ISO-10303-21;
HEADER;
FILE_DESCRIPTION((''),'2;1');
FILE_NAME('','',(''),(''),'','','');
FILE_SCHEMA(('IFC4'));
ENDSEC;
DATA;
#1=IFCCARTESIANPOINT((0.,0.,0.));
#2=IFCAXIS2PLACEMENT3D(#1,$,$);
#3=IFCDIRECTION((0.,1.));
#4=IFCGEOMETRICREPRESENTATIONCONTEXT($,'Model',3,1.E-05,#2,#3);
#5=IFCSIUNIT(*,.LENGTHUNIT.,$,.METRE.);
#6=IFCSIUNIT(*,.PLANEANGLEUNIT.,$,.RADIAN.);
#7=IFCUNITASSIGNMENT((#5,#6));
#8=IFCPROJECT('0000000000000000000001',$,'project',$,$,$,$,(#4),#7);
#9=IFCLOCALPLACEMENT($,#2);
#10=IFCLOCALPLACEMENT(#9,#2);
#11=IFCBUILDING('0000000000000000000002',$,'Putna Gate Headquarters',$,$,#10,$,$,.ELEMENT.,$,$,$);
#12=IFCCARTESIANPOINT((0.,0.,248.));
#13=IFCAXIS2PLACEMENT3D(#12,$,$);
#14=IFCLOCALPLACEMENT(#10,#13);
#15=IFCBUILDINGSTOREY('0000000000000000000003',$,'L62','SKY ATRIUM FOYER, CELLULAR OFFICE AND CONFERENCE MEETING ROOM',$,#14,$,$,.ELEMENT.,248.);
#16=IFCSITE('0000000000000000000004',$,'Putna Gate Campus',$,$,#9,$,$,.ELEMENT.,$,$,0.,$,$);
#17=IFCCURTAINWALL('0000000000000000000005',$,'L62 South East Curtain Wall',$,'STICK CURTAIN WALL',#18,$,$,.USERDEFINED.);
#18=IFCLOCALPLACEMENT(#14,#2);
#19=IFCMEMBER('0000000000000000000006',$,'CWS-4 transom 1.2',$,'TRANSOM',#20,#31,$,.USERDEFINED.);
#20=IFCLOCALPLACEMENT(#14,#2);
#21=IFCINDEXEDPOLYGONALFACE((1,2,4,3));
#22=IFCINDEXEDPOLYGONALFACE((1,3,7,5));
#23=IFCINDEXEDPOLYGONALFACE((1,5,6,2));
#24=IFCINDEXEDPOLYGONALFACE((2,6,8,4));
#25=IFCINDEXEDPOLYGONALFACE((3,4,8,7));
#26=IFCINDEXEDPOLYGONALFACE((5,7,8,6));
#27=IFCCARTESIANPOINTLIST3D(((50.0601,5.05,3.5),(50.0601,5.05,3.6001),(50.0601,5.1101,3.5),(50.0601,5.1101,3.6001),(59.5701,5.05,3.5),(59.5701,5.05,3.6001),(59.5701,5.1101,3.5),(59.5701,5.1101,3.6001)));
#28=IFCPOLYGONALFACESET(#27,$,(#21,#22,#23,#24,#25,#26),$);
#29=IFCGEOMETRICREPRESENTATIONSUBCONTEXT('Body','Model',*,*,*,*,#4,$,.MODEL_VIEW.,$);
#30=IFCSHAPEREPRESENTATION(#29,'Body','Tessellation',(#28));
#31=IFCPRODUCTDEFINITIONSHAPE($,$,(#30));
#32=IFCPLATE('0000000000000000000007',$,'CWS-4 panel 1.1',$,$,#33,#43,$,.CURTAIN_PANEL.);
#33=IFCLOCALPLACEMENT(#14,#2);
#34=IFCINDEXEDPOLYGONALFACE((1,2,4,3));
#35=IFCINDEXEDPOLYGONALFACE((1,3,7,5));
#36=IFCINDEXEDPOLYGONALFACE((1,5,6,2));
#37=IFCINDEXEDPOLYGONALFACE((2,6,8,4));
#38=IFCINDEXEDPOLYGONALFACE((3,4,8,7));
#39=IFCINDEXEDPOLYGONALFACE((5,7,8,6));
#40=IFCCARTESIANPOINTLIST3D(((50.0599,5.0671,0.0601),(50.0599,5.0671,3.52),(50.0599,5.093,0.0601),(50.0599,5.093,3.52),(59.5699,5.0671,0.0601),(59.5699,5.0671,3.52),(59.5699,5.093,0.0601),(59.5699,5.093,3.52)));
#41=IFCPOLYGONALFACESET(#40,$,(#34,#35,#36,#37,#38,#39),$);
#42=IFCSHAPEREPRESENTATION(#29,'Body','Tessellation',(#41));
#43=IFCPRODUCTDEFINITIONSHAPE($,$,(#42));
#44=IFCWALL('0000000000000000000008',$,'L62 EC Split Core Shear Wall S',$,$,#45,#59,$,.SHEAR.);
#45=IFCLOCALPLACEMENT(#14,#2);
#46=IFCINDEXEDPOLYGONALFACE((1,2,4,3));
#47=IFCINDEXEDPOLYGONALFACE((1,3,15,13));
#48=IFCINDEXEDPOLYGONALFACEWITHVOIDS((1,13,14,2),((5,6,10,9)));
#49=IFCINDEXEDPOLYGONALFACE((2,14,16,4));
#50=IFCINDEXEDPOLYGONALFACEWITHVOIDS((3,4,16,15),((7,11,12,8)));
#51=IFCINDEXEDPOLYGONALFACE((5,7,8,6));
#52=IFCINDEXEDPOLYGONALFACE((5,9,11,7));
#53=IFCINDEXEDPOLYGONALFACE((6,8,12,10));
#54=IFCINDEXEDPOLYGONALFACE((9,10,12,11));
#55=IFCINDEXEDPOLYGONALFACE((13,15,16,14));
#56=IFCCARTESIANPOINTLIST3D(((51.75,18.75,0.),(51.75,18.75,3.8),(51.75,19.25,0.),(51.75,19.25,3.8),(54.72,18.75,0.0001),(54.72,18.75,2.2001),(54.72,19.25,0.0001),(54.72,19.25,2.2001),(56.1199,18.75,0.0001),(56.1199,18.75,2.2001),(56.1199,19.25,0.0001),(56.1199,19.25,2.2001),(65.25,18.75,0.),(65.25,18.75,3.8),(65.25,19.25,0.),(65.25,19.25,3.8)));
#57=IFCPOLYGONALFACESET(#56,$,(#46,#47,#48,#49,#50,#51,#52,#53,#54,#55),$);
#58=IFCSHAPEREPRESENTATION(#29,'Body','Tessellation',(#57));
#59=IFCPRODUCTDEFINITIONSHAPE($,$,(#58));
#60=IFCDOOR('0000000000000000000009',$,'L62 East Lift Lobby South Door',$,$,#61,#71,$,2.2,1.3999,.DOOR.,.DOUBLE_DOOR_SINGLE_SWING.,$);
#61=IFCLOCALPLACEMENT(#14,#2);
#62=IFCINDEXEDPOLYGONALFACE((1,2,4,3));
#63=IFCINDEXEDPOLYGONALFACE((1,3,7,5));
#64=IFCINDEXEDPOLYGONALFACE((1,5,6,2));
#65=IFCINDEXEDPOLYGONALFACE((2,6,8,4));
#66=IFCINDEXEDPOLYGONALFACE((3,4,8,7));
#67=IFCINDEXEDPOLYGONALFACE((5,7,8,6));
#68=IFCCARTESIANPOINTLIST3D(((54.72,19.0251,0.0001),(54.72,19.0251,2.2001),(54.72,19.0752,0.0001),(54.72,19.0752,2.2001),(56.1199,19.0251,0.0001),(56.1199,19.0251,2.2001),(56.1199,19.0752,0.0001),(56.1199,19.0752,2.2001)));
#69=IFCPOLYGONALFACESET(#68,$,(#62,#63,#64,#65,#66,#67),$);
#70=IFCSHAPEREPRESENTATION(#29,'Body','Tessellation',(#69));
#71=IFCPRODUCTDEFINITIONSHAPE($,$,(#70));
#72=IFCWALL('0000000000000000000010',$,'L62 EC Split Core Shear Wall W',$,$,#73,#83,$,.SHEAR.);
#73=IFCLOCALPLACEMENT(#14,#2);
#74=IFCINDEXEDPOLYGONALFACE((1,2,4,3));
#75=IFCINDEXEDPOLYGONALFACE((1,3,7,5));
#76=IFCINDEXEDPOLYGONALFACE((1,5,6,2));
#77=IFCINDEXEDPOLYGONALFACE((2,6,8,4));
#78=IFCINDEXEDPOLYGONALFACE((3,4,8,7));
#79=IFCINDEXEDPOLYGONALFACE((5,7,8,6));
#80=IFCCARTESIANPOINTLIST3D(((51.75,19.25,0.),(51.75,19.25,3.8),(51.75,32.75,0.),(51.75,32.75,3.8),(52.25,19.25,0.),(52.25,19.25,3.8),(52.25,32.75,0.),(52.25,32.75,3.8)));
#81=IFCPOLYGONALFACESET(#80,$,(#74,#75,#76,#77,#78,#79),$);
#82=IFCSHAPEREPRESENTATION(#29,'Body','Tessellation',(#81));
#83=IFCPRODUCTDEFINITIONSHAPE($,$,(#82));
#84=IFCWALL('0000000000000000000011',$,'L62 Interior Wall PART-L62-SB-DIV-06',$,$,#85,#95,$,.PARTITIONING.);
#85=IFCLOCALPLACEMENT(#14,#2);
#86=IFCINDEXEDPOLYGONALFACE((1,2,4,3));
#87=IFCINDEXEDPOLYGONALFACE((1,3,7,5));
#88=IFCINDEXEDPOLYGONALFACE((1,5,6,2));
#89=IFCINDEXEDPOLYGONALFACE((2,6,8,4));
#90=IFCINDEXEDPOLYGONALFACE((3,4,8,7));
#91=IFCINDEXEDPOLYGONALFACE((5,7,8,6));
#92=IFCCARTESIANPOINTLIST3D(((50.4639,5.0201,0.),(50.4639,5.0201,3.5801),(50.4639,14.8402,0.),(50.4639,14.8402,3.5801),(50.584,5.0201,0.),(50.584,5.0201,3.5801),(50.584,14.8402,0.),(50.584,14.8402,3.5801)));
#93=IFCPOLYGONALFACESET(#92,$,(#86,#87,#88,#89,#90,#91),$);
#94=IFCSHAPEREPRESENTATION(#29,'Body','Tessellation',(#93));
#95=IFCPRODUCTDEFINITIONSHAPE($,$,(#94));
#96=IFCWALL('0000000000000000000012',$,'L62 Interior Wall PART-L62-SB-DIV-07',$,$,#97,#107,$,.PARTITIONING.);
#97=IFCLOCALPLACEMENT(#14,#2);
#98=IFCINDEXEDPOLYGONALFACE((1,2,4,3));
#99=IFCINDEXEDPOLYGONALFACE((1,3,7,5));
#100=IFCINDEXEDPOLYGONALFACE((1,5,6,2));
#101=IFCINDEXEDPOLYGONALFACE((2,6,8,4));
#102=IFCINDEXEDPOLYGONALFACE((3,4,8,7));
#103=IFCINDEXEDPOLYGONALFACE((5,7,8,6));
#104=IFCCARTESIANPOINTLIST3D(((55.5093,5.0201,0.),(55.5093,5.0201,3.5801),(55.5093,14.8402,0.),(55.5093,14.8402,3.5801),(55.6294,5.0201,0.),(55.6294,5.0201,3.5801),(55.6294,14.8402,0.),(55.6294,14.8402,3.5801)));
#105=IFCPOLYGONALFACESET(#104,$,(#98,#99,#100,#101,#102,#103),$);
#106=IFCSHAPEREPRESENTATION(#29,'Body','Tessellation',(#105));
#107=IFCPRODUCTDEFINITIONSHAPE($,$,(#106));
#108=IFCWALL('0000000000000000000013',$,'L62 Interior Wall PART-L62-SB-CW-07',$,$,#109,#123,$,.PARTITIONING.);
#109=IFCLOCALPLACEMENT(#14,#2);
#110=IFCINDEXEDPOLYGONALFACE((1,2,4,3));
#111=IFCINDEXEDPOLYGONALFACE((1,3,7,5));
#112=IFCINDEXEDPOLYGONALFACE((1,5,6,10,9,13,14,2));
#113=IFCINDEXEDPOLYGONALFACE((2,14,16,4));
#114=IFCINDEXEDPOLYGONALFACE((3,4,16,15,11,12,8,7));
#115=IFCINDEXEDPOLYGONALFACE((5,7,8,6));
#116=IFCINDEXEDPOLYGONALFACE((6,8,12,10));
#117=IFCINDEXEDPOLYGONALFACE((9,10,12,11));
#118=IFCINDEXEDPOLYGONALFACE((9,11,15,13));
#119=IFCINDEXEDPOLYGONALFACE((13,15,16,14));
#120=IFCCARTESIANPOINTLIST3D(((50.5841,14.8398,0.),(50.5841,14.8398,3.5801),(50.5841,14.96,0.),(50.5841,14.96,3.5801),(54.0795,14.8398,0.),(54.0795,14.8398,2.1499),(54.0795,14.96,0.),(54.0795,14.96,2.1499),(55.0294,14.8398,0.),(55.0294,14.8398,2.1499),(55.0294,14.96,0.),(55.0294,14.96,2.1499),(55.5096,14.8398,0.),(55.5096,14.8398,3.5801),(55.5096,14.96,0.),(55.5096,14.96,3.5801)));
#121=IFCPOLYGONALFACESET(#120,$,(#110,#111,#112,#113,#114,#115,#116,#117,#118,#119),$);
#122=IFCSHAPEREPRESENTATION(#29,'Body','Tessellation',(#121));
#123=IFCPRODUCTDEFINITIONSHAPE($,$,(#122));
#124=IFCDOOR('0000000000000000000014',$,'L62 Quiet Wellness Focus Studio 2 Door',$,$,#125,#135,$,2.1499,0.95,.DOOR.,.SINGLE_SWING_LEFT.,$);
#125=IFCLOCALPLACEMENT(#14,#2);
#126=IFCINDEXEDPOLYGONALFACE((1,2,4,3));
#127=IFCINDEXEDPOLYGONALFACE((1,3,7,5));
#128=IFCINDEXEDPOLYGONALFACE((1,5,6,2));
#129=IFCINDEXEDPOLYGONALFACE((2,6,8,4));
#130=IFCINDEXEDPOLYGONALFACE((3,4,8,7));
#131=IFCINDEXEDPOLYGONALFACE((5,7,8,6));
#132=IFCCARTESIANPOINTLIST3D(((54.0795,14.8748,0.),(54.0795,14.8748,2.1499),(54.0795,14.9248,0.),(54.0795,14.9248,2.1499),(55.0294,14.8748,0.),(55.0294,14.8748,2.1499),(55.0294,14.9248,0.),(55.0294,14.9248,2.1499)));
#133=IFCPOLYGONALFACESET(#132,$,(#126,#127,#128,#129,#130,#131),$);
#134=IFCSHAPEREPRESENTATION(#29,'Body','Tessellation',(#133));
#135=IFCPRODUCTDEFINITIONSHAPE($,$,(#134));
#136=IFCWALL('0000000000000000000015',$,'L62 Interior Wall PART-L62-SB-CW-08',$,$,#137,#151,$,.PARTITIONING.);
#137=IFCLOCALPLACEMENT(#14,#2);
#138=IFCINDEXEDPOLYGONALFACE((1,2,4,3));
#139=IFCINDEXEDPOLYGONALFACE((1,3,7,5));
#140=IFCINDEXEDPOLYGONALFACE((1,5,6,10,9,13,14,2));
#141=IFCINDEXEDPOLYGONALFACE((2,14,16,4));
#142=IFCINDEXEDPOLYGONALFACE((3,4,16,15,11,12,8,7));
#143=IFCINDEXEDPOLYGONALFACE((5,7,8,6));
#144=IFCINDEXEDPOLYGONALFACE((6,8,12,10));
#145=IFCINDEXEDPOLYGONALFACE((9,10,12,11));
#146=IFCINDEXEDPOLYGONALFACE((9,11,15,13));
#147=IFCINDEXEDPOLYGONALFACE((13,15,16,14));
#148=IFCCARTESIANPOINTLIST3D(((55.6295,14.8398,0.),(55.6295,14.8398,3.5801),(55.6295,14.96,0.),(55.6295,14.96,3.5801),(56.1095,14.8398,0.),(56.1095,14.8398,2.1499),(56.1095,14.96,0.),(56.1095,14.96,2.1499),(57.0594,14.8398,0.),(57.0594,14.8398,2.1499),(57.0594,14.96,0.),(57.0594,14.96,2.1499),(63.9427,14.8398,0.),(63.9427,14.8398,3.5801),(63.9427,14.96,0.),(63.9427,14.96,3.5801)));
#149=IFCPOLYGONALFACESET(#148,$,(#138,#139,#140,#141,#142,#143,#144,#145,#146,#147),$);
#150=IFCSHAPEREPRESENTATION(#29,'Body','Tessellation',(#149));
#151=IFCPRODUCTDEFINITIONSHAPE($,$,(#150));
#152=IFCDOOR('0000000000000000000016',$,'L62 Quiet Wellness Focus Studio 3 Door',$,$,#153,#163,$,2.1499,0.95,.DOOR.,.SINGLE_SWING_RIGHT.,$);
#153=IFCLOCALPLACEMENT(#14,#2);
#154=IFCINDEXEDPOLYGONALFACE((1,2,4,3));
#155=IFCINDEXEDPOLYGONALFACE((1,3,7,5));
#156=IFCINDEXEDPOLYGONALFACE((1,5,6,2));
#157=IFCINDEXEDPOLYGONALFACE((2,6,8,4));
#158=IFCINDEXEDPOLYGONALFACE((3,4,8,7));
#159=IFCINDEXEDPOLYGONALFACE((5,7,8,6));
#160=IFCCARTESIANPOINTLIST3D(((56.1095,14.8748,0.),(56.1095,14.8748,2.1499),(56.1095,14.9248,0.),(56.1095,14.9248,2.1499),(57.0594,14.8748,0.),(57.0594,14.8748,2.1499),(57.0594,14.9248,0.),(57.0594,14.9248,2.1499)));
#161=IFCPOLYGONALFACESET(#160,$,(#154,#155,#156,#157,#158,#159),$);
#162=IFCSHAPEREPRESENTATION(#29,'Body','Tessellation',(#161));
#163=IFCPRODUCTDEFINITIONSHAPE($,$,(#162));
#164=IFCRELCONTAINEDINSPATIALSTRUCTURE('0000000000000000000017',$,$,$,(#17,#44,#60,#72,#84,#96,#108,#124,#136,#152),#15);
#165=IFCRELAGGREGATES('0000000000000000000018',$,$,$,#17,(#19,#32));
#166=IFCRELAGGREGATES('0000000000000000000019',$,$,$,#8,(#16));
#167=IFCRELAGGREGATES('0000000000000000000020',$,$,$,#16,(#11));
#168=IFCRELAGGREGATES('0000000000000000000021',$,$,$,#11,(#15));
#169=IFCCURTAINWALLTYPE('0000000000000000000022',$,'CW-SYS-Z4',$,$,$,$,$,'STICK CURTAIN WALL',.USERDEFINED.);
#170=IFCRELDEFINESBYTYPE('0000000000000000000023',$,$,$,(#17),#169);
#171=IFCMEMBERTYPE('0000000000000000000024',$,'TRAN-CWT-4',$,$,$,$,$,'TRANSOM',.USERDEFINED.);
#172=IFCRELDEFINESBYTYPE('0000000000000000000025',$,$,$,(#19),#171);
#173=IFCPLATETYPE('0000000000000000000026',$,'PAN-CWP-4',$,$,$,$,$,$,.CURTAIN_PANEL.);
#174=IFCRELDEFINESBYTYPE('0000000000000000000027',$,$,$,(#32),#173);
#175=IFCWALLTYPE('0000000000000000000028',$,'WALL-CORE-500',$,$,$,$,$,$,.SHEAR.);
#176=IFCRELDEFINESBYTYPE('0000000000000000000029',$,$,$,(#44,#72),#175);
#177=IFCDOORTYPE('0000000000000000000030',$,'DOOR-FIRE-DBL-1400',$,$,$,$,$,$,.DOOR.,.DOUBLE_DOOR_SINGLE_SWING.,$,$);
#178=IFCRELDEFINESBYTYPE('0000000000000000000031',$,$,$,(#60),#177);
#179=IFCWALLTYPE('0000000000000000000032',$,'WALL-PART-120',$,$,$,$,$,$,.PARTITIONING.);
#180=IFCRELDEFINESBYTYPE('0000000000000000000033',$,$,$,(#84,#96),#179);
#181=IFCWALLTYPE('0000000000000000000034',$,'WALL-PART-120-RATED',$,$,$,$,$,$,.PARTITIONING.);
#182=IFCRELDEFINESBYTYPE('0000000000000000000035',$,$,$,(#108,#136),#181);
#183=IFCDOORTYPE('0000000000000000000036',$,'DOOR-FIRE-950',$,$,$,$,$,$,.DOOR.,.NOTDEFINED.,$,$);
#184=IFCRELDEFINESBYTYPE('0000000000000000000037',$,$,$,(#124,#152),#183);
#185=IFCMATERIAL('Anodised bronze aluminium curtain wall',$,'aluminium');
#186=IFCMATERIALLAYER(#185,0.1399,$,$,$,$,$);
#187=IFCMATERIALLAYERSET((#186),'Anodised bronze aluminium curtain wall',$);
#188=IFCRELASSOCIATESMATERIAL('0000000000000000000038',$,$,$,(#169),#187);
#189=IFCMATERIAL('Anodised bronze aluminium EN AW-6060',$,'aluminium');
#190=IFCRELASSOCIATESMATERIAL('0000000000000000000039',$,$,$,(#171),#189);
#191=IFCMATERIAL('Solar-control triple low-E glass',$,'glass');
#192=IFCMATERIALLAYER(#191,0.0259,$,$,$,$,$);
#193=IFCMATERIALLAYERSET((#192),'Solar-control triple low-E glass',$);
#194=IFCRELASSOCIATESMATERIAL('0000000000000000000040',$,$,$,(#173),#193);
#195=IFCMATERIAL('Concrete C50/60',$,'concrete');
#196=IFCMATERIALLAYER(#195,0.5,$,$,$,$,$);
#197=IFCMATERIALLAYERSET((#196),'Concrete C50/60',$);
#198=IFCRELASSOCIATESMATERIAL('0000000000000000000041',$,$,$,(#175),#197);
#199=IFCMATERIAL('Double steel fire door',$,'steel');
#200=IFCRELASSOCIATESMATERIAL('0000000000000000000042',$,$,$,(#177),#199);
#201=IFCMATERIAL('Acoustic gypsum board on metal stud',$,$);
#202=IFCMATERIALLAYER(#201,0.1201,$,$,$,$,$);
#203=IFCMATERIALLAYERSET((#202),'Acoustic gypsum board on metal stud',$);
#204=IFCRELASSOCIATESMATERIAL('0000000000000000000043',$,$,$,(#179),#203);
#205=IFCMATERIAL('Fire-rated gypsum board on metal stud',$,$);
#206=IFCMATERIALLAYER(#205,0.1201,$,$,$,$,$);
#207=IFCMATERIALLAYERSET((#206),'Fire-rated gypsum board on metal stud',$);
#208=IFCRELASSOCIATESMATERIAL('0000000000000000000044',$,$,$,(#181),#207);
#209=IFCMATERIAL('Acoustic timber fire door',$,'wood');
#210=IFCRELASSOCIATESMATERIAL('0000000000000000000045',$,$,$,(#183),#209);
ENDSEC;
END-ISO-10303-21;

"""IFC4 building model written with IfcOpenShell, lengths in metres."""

from ifc_helpers import new_model, si_unit, direction, frame, frame_2d, origin, origin_2d, place, context, subcontext, project, spatial, rectangle, extrude, material, layer, layer_set, material_profile, profile_set, type_object, element, fill, aggregate, save


model = new_model("IFC4")

# Units and contexts
model_context = context("Model", 3, precision=1e-05, world=origin(), true_north=direction((0.0, 1.0)))
body_context = subcontext(model_context, "Body", "Model", "MODEL_VIEW")
ifc_project = project(units=[si_unit("LENGTHUNIT", "METRE"), si_unit("PLANEANGLEUNIT", "RADIAN")], contexts=[model_context])

# Site, building, storey
site_placement = place(None, origin())
site = spatial("IfcSite", under=ifc_project, at=site_placement, Name="Putna Gate Campus", CompositionType="ELEMENT", RefElevation=0.0)
building_placement = place(site_placement, origin())
building = spatial("IfcBuilding", under=site, at=building_placement, Name="Putna Gate Headquarters", CompositionType="ELEMENT")
storey_placement = place(building_placement, frame((0.0, 0.0, 248.0)))
storey = spatial("IfcBuildingStorey", under=building, at=storey_placement, Name="L62", Description="SKY ATRIUM FOYER, CELLULAR OFFICE AND CONFERENCE MEETING ROOM", CompositionType="ELEMENT", Elevation=248.0)

# Curtain wall
ifc_material_1 = material(Name="Anodised bronze aluminium curtain wall", Category="aluminium")
ifc_layer_1 = layer(ifc_material_1, 0.1399)
ifc_layer_set_1 = layer_set([ifc_layer_1], Name="Anodised bronze aluminium curtain wall")
curtain_wall_type_1 = type_object("IfcCurtainWallType", Name="CW-SYS-Z4", ElementType="STICK CURTAIN WALL", PredefinedType="USERDEFINED", material=ifc_layer_set_1)
curtain_wall_1_placement = place(storey_placement, origin())
curtain_wall_1 = element("IfcCurtainWall", 1, at=curtain_wall_1_placement, inside=storey, type_object=curtain_wall_type_1, Name="L62 South East Curtain Wall", ObjectType="STICK CURTAIN WALL", PredefinedType="USERDEFINED")
ifc_material_2 = material(Name="Anodised bronze aluminium EN AW-6060", Category="aluminium")

# Member
ifc_material_profile_1 = material_profile(ifc_material_2, rectangle(XDim=0.0601, YDim=0.1001, at=origin_2d()), Name="Anodised bronze aluminium EN AW-6060")
ifc_profile_set_1 = profile_set([ifc_material_profile_1], Name="Anodised bronze aluminium EN AW-6060")
member_type_1 = type_object("IfcMemberType", Name="TRAN-CWT-4", ElementType="TRANSOM", PredefinedType="USERDEFINED", material=ifc_profile_set_1)
member_1_placement = place(storey_placement, frame((50.0601, 5.0801, 3.55), z_axis=(1.0, 0.0, 0.0), x_axis=(0.0, 1.0, 0.0)))
member_1 = element("IfcMember", 2, at=member_1_placement, type_object=member_type_1, Name="CWS-4 transom 1.2", ObjectType="TRANSOM", PredefinedType="USERDEFINED", context=body_context, shape_type="SweptSolid", body=[
    extrude(rectangle(XDim=0.0601, YDim=0.1001, at=origin_2d()), origin(), (0.0, 0.0, 1.0), 9.51),
])

# Plate
ifc_material_3 = material(Name="Solar-control triple low-E glass", Category="glass")
ifc_layer_2 = layer(ifc_material_3, 0.0259)
ifc_layer_set_2 = layer_set([ifc_layer_2], Name="Solar-control triple low-E glass")
plate_type = type_object("IfcPlateType", Name="PAN-CWP-4", PredefinedType="CURTAIN_PANEL", material=ifc_layer_set_2)
plate_placement = place(storey_placement, frame((54.8149, 5.0801, 0.0601), z_axis=(0.0, 0.0, 1.0), x_axis=(1.0, 0.0, 0.0)))
plate = element("IfcPlate", 3, at=plate_placement, type_object=plate_type, Name="CWS-4 panel 1.1", PredefinedType="CURTAIN_PANEL", context=body_context, shape_type="SweptSolid", body=[
    extrude(rectangle(XDim=9.51, YDim=0.0259, at=origin_2d()), origin(), (0.0, 0.0, 1.0), 3.46),
])
aggregate(curtain_wall_1, [member_1, plate])

# Wall, opening, door
ifc_material_4 = material(Name="Concrete C50/60", Category="concrete")
ifc_layer_3 = layer(ifc_material_4, 0.5)
ifc_layer_set_3 = layer_set([ifc_layer_3], Name="Concrete C50/60")
wall_type_1 = type_object("IfcWallType", Name="WALL-CORE-500", PredefinedType="SHEAR", material=ifc_layer_set_3)
wall_1_placement = place(storey_placement, frame((51.75, 19.0, 0.0), z_axis=(0.0, 0.0, 1.0), x_axis=(1.0, 0.0, 0.0)))
wall_1 = element("IfcWall", 4, at=wall_1_placement, inside=storey, type_object=wall_type_1, Name="L62 EC Split Core Shear Wall S", PredefinedType="SHEAR", context=body_context, shape_type="SweptSolid", body=[
    extrude(rectangle(XDim=13.5, YDim=0.5, at=frame_2d((6.75, 0.0))), origin(), (0.0, 0.0, 1.0), 3.8),
])
opening_1_placement = place(wall_1_placement, frame((2.97, 0.0, 0.0)))
opening_1 = element("IfcOpeningElement", 5, at=opening_1_placement, cuts=wall_1, PredefinedType="OPENING", context=body_context, shape_type="SweptSolid", body=[
    extrude(rectangle(XDim=1.3999, YDim=2.2, at=frame_2d((0.7, 1.1001))), frame((0.0, 0.26, 0.0), z_axis=(0.0, -1.0, 0.0), x_axis=(1.0, 0.0, 0.0)), (0.0, 0.0, 1.0), 0.52),
])
ifc_material_5 = material(Name="Double steel fire door", Category="steel")
door_type_1 = type_object("IfcDoorType", Name="DOOR-FIRE-DBL-1400", OperationType="DOUBLE_DOOR_SINGLE_SWING", PredefinedType="DOOR", material=ifc_material_5)
door_1_placement = place(opening_1_placement, origin())
door_1 = element("IfcDoor", 6, at=door_1_placement, inside=storey, type_object=door_type_1, Name="L62 East Lift Lobby South Door", OperationType="DOUBLE_DOOR_SINGLE_SWING", OverallHeight=2.2, OverallWidth=1.3999, PredefinedType="DOOR", context=body_context, shape_type="SweptSolid", body=[
    extrude(rectangle(XDim=1.3999, YDim=2.2, at=frame_2d((0.7, 1.1001))), frame((0.0, 0.0752, 0.0), z_axis=(0.0, -1.0, 0.0), x_axis=(1.0, 0.0, 0.0)), (0.0, 0.0, 1.0), 0.05),
])
fill(opening_1, door_1)

# Walls
wall_2_placement = place(storey_placement, frame((52.0, 19.25, 0.0), z_axis=(0.0, 0.0, 1.0), x_axis=(0.0, 1.0, 0.0)))
element("IfcWall", 7, at=wall_2_placement, inside=storey, type_object=wall_type_1, Name="L62 EC Split Core Shear Wall W", PredefinedType="SHEAR", context=body_context, shape_type="SweptSolid", body=[
    extrude(rectangle(XDim=13.5, YDim=0.5, at=frame_2d((6.75, 0.0))), origin(), (0.0, 0.0, 1.0), 3.8),
])
ifc_material_6 = material(Name="Acoustic gypsum board on metal stud")
ifc_layer_4 = layer(ifc_material_6, 0.1201)
ifc_layer_set_4 = layer_set([ifc_layer_4], Name="Acoustic gypsum board on metal stud")
wall_type_2 = type_object("IfcWallType", Name="WALL-PART-120", PredefinedType="PARTITIONING", material=ifc_layer_set_4)
for number, where, z_axis, x_axis, name in (
    (8, (50.5239, 5.02, 0.0), (0.0, 0.0, 1.0), (0.0, 1.0, 0.0), "L62 Interior Wall PART-L62-SB-DIV-06"),
    (9, (55.5693, 5.02, 0.0), (0.0, 0.0, 1.0), (0.0, 1.0, 0.0), "L62 Interior Wall PART-L62-SB-DIV-07"),
):
    element("IfcWall", number, at=place(storey_placement, frame(where, z_axis=z_axis, x_axis=x_axis)), inside=storey, type_object=wall_type_2, Name=name, PredefinedType="PARTITIONING", context=body_context, shape_type="SweptSolid", body=[
        extrude(rectangle(XDim=9.8201, YDim=0.1201, at=frame_2d((4.9102, 0.0))), origin(), (0.0, 0.0, 1.0), 3.5801),
    ])

# Walls, openings, doors
ifc_material_7 = material(Name="Fire-rated gypsum board on metal stud")
ifc_layer_5 = layer(ifc_material_7, 0.1201)
ifc_layer_set_5 = layer_set([ifc_layer_5], Name="Fire-rated gypsum board on metal stud")
wall_type_3 = type_object("IfcWallType", Name="WALL-PART-120-RATED", PredefinedType="PARTITIONING", material=ifc_layer_set_5)
wall_3_placement = place(storey_placement, frame((50.584, 14.8999, 0.0), z_axis=(0.0, 0.0, 1.0), x_axis=(1.0, 0.0, 0.0)))
wall_3 = element("IfcWall", 10, at=wall_3_placement, inside=storey, type_object=wall_type_3, Name="L62 Interior Wall PART-L62-SB-CW-07", PredefinedType="PARTITIONING", context=body_context, shape_type="SweptSolid", body=[
    extrude(rectangle(XDim=4.9255, YDim=0.1201, at=frame_2d((2.4629, 0.0))), origin(), (0.0, 0.0, 1.0), 3.5801),
])
opening_2_placement = place(wall_3_placement, frame((3.4954, 0.0, 0.0)))
opening_2 = element("IfcOpeningElement", 11, at=opening_2_placement, cuts=wall_3, PredefinedType="OPENING", context=body_context, shape_type="SweptSolid", body=[
    extrude(rectangle(XDim=0.95, YDim=2.1499, at=frame_2d((0.4751, 1.075))), frame((0.0, 0.0701, 0.0), z_axis=(0.0, -1.0, 0.0), x_axis=(1.0, 0.0, 0.0)), (0.0, 0.0, 1.0), 0.1401),
])
ifc_material_8 = material(Name="Acoustic timber fire door", Category="wood")
door_type_2 = type_object("IfcDoorType", Name="DOOR-FIRE-950", OperationType="NOTDEFINED", PredefinedType="DOOR", material=ifc_material_8)
door_2_placement = place(opening_2_placement, origin())
door_2 = element("IfcDoor", 12, at=door_2_placement, inside=storey, type_object=door_type_2, Name="L62 Quiet Wellness Focus Studio 2 Door", OperationType="SINGLE_SWING_LEFT", OverallHeight=2.1499, OverallWidth=0.95, PredefinedType="DOOR", context=body_context, shape_type="SweptSolid", body=[
    extrude(rectangle(XDim=0.95, YDim=2.1499, at=frame_2d((0.4751, 1.075))), frame((0.0, 0.0249, 0.0), z_axis=(0.0, -1.0, 0.0), x_axis=(1.0, 0.0, 0.0)), (0.0, 0.0, 1.0), 0.05),
])
fill(opening_2, door_2)
wall_4_placement = place(storey_placement, frame((55.6294, 14.8999, 0.0), z_axis=(0.0, 0.0, 1.0), x_axis=(1.0, 0.0, 0.0)))
wall_4 = element("IfcWall", 13, at=wall_4_placement, inside=storey, type_object=wall_type_3, Name="L62 Interior Wall PART-L62-SB-CW-08", PredefinedType="PARTITIONING", context=body_context, shape_type="SweptSolid", body=[
    extrude(rectangle(XDim=8.3132, YDim=0.1201, at=frame_2d((4.1567, 0.0))), origin(), (0.0, 0.0, 1.0), 3.5801),
])
opening_3_placement = place(wall_4_placement, frame((0.48, 0.0, 0.0)))
opening_3 = element("IfcOpeningElement", 14, at=opening_3_placement, cuts=wall_4, PredefinedType="OPENING", context=body_context, shape_type="SweptSolid", body=[
    extrude(rectangle(XDim=0.95, YDim=2.1499, at=frame_2d((0.4751, 1.075))), frame((0.0, 0.0701, 0.0), z_axis=(0.0, -1.0, 0.0), x_axis=(1.0, 0.0, 0.0)), (0.0, 0.0, 1.0), 0.1401),
])
door_3_placement = place(opening_3_placement, origin())
door_3 = element("IfcDoor", 15, at=door_3_placement, inside=storey, type_object=door_type_2, Name="L62 Quiet Wellness Focus Studio 3 Door", OperationType="SINGLE_SWING_RIGHT", OverallHeight=2.1499, OverallWidth=0.95, PredefinedType="DOOR", context=body_context, shape_type="SweptSolid", body=[
    extrude(rectangle(XDim=0.95, YDim=2.1499, at=frame_2d((0.4751, 1.075))), frame((0.0, 0.0249, 0.0), z_axis=(0.0, -1.0, 0.0), x_axis=(1.0, 0.0, 0.0)), (0.0, 0.0, 1.0), 0.05),
])
fill(opening_3, door_3)

save(model, "model.ifc")
